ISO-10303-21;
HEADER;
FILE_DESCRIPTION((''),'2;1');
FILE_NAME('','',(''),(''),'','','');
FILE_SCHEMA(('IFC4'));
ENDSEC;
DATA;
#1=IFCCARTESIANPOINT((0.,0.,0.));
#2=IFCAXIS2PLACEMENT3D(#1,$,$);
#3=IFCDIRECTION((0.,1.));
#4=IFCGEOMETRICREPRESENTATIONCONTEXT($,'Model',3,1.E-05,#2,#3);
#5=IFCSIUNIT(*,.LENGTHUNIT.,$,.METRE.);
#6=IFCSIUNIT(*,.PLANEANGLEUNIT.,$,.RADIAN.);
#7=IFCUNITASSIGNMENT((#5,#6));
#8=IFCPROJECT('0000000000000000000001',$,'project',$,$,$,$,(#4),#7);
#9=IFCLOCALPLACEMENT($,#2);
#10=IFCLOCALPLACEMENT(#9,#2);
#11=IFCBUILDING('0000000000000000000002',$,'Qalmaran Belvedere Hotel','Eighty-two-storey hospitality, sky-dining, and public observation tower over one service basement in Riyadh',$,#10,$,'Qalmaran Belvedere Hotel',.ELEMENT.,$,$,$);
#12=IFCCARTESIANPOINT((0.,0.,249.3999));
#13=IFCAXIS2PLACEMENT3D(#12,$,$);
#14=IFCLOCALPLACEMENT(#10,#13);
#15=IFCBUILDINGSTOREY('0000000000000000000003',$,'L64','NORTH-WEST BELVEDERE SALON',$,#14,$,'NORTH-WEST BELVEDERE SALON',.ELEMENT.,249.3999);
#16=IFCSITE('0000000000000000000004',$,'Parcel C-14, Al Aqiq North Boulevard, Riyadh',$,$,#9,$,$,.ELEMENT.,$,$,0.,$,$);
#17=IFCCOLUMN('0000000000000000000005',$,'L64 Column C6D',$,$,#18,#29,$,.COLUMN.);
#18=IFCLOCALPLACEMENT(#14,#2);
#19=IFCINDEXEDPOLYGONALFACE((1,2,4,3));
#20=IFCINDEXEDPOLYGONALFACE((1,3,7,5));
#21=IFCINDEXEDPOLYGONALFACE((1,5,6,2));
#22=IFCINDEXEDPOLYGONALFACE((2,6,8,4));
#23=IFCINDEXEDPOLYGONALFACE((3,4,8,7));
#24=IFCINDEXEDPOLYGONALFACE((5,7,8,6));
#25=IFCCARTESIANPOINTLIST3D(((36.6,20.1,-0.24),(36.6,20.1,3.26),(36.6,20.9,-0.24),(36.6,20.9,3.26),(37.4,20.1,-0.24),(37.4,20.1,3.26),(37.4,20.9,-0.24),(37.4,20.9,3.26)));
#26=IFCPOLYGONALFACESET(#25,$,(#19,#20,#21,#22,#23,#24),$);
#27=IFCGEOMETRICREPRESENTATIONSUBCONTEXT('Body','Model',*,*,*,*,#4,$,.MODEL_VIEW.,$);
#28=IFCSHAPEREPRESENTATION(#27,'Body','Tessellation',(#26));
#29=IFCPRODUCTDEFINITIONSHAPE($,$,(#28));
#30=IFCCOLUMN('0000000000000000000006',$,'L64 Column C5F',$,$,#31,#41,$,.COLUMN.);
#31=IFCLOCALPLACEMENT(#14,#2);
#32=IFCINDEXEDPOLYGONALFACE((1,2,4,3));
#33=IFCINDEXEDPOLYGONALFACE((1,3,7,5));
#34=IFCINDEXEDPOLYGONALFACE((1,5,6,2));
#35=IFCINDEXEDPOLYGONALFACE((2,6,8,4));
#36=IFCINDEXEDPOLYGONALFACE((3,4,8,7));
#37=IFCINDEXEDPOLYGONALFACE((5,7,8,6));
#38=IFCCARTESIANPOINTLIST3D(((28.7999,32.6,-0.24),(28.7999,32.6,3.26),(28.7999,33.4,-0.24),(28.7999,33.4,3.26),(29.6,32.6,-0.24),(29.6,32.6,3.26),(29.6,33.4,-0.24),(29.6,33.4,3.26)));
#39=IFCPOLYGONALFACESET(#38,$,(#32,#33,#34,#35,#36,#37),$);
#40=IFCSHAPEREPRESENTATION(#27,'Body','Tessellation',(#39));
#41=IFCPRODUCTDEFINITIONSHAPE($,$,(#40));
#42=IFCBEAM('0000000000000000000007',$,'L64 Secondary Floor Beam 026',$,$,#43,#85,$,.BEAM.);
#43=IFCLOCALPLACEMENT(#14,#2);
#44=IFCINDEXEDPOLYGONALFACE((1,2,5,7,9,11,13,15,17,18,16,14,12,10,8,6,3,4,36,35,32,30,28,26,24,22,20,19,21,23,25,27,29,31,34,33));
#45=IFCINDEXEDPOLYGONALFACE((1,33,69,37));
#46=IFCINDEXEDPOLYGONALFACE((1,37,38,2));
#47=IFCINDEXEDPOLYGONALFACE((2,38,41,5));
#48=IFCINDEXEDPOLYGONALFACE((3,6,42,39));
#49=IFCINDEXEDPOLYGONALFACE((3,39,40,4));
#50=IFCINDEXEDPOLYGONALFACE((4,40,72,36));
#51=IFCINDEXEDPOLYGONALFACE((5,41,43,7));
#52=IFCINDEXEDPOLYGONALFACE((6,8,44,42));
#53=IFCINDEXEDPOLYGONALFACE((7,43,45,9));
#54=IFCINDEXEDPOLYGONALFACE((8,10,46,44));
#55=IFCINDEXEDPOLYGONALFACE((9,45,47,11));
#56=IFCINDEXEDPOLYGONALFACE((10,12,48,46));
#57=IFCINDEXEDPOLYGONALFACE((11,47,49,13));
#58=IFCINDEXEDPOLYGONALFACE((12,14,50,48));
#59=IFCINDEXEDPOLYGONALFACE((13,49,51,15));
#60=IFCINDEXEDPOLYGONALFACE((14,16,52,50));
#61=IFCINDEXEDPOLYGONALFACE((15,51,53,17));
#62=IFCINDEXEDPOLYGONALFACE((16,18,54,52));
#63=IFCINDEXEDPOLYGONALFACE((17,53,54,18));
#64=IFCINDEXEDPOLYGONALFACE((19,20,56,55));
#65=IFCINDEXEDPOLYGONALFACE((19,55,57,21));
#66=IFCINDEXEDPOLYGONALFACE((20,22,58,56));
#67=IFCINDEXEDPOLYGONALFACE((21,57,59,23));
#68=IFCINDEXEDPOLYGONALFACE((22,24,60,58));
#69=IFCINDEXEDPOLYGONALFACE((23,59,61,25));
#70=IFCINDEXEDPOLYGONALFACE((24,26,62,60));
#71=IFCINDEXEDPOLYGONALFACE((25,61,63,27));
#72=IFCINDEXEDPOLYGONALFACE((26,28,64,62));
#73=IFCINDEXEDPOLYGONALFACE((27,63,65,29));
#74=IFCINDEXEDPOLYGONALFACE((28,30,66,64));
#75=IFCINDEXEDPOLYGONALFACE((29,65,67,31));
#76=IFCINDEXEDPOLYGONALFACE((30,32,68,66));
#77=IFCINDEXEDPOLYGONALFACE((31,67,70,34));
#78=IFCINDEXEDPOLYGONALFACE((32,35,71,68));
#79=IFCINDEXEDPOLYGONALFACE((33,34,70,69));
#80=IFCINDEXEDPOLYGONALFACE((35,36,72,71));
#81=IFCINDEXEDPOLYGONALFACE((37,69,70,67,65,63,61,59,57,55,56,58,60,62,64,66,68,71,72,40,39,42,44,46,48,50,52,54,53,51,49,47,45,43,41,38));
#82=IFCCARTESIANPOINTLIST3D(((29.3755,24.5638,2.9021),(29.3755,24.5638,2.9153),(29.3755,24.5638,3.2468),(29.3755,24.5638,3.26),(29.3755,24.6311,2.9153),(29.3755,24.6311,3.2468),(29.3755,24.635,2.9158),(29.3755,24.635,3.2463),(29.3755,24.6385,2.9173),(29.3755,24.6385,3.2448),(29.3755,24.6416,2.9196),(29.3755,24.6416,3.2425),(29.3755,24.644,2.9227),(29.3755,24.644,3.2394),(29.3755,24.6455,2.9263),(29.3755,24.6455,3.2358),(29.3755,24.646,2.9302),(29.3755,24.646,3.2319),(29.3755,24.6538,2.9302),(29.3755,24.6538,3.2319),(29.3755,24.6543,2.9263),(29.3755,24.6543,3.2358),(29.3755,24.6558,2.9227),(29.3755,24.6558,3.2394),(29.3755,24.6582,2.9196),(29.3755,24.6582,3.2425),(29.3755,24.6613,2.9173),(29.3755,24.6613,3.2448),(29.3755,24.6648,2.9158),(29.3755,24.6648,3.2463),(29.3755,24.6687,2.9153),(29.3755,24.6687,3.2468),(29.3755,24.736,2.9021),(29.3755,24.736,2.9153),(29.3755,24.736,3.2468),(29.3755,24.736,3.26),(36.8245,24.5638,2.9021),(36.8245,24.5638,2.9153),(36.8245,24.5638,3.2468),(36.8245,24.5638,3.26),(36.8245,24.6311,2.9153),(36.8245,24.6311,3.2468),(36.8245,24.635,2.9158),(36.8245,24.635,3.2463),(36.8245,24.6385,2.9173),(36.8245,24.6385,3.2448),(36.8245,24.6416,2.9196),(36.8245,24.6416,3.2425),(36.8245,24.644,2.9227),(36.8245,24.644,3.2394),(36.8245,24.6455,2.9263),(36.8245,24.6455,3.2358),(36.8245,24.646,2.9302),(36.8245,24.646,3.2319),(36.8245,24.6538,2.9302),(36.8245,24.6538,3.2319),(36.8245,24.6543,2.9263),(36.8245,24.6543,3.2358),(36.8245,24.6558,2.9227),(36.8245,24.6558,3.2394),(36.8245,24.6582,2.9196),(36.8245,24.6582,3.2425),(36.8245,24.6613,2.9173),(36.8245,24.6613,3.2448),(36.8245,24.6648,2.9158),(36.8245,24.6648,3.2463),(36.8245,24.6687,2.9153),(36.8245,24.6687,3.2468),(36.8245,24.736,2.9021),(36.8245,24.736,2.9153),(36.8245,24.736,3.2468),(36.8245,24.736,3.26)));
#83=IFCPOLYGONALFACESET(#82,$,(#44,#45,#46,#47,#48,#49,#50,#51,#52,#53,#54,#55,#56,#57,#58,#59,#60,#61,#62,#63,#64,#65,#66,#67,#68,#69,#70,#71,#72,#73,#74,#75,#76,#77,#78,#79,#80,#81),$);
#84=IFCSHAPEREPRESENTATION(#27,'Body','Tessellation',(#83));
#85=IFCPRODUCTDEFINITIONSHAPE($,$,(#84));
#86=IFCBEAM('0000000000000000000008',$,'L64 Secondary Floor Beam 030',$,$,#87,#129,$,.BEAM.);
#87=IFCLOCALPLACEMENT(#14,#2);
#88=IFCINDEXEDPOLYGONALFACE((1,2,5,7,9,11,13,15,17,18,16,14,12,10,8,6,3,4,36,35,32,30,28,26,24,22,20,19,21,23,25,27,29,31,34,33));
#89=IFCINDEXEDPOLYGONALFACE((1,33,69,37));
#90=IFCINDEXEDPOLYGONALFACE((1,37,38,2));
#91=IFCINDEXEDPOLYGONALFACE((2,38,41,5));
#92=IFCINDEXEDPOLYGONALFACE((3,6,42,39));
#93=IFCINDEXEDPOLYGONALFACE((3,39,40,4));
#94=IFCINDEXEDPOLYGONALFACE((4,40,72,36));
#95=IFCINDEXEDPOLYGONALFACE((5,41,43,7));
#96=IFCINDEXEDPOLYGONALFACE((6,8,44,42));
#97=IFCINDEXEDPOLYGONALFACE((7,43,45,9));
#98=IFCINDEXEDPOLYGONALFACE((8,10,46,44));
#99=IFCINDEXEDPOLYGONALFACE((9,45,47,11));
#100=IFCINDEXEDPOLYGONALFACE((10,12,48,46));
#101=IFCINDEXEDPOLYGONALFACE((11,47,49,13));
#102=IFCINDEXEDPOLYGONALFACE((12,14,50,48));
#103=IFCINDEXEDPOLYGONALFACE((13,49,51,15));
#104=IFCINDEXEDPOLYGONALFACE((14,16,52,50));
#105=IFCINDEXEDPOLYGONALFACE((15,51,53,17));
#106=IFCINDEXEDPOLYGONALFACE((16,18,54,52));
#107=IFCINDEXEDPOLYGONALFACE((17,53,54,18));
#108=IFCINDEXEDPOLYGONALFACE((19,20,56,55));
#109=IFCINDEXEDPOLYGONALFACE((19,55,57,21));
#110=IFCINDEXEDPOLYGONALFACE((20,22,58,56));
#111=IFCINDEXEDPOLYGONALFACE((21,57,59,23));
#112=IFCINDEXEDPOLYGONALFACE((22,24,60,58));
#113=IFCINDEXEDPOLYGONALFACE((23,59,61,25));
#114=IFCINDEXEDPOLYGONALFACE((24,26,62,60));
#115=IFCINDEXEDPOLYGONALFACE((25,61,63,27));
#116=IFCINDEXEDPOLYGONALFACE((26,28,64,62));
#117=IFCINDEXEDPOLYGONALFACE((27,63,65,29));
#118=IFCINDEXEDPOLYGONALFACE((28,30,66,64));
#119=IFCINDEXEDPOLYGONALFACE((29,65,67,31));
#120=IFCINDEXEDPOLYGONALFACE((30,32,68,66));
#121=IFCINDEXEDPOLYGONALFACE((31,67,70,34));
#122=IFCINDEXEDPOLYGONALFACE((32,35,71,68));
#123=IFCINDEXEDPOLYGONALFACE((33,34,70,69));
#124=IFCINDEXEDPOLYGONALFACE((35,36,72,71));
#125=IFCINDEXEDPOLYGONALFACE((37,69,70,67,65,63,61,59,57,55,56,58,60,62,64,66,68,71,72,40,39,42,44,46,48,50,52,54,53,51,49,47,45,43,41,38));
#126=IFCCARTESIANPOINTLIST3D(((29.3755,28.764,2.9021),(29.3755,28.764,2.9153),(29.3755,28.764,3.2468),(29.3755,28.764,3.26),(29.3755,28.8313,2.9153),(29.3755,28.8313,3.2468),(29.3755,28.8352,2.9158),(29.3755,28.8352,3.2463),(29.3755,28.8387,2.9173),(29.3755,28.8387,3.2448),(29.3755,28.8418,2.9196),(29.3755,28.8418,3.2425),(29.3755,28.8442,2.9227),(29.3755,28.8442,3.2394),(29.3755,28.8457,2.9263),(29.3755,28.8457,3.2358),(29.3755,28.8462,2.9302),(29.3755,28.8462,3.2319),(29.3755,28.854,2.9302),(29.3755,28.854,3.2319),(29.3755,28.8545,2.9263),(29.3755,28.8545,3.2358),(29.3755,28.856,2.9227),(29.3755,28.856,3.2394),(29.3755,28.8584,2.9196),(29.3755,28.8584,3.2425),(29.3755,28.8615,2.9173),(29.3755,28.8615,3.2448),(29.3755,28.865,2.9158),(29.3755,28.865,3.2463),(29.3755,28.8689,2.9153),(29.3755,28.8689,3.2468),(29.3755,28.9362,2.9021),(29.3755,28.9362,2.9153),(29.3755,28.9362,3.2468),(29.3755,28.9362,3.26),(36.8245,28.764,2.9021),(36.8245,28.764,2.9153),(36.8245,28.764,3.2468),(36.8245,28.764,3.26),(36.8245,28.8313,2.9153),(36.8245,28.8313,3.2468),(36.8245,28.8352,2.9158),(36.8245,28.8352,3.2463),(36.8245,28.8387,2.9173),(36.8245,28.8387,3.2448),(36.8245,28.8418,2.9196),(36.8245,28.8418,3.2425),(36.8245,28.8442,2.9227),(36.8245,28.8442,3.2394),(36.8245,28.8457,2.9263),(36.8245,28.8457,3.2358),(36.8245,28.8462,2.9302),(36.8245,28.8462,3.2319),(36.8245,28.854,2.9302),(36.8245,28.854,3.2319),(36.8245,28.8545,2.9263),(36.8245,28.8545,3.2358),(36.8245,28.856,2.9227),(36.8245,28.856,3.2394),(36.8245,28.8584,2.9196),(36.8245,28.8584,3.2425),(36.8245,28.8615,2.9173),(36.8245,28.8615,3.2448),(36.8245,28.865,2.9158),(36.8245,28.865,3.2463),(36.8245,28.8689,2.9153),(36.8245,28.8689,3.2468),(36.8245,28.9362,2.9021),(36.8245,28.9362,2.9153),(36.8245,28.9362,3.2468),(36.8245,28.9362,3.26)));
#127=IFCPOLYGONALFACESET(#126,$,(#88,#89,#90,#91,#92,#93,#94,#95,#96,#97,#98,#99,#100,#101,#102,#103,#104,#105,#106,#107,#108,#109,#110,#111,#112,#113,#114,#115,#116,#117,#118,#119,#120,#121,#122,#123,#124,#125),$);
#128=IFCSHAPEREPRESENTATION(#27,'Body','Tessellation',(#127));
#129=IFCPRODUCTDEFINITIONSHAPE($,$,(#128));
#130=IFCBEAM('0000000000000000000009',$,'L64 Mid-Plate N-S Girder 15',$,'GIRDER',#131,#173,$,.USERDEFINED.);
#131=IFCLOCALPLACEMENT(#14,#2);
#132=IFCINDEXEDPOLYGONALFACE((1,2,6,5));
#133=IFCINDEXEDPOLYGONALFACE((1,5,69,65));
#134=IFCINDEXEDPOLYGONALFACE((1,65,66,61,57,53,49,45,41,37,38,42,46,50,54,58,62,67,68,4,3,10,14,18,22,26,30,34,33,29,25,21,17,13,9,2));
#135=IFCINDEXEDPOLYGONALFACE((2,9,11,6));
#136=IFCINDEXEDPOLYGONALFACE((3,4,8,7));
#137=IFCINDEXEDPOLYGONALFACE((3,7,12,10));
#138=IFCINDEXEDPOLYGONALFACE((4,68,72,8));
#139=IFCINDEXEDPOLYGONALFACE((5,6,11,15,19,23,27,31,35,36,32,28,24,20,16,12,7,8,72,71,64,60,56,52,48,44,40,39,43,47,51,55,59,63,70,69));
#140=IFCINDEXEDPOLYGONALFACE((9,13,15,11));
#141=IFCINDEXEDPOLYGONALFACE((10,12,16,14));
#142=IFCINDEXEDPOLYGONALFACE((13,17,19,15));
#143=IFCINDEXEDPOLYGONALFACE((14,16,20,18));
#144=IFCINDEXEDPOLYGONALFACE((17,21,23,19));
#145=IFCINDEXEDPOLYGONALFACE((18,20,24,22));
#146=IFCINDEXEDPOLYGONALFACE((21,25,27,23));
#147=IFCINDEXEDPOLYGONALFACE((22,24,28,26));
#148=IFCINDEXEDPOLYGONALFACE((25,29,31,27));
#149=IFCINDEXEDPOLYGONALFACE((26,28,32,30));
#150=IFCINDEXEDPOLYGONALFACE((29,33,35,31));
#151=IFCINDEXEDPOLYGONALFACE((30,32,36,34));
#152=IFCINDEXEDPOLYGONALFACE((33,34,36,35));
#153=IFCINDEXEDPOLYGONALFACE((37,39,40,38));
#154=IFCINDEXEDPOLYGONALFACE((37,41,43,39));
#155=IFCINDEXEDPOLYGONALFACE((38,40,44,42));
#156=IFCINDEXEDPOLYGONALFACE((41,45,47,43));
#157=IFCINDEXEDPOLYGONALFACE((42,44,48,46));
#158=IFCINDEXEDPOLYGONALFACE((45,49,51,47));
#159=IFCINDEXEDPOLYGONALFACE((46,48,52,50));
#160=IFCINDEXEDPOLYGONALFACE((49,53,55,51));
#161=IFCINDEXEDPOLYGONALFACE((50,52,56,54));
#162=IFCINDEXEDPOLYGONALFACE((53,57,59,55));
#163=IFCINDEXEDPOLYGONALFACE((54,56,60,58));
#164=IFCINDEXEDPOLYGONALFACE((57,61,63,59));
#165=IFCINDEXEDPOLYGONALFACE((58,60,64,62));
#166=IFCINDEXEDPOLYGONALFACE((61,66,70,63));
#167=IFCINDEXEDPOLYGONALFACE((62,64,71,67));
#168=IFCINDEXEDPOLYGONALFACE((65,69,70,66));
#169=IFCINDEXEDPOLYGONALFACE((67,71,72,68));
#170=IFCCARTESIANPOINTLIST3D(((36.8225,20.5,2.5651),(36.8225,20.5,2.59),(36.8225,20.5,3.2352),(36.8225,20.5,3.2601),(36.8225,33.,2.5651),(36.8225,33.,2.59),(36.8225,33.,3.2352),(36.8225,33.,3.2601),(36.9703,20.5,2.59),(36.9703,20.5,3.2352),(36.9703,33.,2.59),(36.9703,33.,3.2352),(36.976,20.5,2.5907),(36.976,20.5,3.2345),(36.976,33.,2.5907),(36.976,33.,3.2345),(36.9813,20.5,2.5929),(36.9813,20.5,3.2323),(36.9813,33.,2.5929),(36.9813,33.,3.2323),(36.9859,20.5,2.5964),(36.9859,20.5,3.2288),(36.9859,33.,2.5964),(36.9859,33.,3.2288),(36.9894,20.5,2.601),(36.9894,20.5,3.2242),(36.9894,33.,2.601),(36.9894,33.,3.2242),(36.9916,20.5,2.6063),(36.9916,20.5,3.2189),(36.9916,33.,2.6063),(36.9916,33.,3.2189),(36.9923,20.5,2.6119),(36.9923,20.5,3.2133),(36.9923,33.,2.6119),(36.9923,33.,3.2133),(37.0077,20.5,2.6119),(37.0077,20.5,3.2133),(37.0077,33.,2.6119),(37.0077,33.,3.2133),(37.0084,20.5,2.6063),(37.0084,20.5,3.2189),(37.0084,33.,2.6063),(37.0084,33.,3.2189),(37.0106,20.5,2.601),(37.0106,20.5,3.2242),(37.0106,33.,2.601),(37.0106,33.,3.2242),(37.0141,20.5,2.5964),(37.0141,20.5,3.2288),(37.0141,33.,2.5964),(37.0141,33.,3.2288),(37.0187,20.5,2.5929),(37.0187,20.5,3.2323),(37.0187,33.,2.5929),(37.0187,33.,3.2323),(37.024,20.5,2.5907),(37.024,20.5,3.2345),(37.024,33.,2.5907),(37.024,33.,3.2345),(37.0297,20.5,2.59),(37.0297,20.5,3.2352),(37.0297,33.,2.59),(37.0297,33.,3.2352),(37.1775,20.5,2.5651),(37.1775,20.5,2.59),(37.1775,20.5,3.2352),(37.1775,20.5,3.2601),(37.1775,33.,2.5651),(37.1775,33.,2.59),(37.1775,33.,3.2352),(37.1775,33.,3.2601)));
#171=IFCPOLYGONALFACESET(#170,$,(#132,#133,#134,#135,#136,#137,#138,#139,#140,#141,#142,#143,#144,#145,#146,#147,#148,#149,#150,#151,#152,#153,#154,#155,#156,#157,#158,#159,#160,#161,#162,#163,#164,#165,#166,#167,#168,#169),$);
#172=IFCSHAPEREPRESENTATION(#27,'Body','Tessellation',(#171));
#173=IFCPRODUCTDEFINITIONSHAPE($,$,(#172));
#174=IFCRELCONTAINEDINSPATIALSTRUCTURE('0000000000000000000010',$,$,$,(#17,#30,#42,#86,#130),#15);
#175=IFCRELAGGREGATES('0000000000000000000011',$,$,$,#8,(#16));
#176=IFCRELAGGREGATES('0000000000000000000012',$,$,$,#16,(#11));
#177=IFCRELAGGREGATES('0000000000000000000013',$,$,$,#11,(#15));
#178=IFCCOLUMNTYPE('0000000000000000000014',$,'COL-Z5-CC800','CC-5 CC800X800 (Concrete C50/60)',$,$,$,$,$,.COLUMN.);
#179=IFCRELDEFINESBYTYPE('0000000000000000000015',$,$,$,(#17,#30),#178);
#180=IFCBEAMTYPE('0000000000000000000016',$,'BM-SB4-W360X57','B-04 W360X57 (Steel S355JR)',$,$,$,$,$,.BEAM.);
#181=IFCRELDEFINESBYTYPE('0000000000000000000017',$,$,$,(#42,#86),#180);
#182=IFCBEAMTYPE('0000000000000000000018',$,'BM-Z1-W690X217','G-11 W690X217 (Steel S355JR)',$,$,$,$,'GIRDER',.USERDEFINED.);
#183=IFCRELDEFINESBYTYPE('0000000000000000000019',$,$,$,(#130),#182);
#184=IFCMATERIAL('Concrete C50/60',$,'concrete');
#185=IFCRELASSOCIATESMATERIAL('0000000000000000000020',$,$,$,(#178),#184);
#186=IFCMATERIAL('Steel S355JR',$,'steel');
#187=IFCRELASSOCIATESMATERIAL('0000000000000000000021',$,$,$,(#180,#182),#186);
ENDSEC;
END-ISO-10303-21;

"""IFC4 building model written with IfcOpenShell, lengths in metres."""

from ifc_helpers import new_model, si_unit, direction, frame, origin, origin_2d, place, context, subcontext, project, spatial, rectangle, i_section, extrude, material, material_profile, profile_set, type_object, element, save


model = new_model("IFC4")

# Units and contexts
model_context = context("Model", 3, precision=1e-05, world=origin(), true_north=direction((0.0, 1.0)))
body_context = subcontext(model_context, "Body", "Model", "MODEL_VIEW")
ifc_project = project(units=[si_unit("LENGTHUNIT", "METRE"), si_unit("PLANEANGLEUNIT", "RADIAN")], contexts=[model_context])

# Site, building, storey
site_placement = place(None, origin())
site = spatial("IfcSite", under=ifc_project, at=site_placement, Name="Parcel C-14, Al Aqiq North Boulevard, Riyadh", CompositionType="ELEMENT", RefElevation=0.0)
building_placement = place(site_placement, origin())
building = spatial("IfcBuilding", under=site, at=building_placement, Name="Qalmaran Belvedere Hotel", Description="Eighty-two-storey hospitality, sky-dining, and public observation tower over one service basement in Riyadh", LongName="Qalmaran Belvedere Hotel", CompositionType="ELEMENT")
storey_placement = place(building_placement, frame((0.0, 0.0, 249.3999)))
storey = spatial("IfcBuildingStorey", under=building, at=storey_placement, Name="L64", Description="NORTH-WEST BELVEDERE SALON", LongName="NORTH-WEST BELVEDERE SALON", CompositionType="ELEMENT", Elevation=249.3999)

# Columns
ifc_material_1 = material(Name="Concrete C50/60", Category="concrete")
ifc_material_profile_1 = material_profile(ifc_material_1, rectangle(XDim=0.8, YDim=0.8, at=origin_2d()), Name="CC800X800")
ifc_profile_set_1 = profile_set([ifc_material_profile_1], Name="Concrete C50/60")
column_type = type_object("IfcColumnType", Name="COL-Z5-CC800", Description="CC-5 CC800X800 (Concrete C50/60)", PredefinedType="COLUMN", material=ifc_profile_set_1)
for number, where, z_axis, x_axis, name in (
    (1, (37.0, 20.5, -0.24), (0.0, 0.0, 1.0), (1.0, 0.0, 0.0), "L64 Column C6D"),
    (2, (29.2, 33.0, -0.24), (0.0, 0.0, 1.0), (1.0, 0.0, 0.0), "L64 Column C5F"),
):
    element("IfcColumn", number, at=place(storey_placement, frame(where, z_axis=z_axis, x_axis=x_axis)), inside=storey, type_object=column_type, Name=name, PredefinedType="COLUMN", context=body_context, shape_type="SweptSolid", body=[
        extrude(rectangle(XDim=0.8, YDim=0.8, at=origin_2d()), origin(), (0.0, 0.0, 1.0), 3.5),
    ])

# Beams
ifc_material_2 = material(Name="Steel S355JR", Category="steel")
ifc_material_profile_2 = material_profile(ifc_material_2, i_section(OverallWidth=0.1721, OverallDepth=0.3579, WebThickness=0.0078, FlangeThickness=0.0132, FilletRadius=0.0149, at=origin_2d()), Name="W360X57")
ifc_profile_set_2 = profile_set([ifc_material_profile_2], Name="Steel S355JR")
beam_type_1 = type_object("IfcBeamType", Name="BM-SB4-W360X57", Description="B-04 W360X57 (Steel S355JR)", PredefinedType="BEAM", material=ifc_profile_set_2)
for number, where, z_axis, x_axis, name in (
    (3, (29.3755, 24.6499, 3.0811), (1.0, 0.0, 0.0), (0.0, 1.0, 0.0), "L64 Secondary Floor Beam 026"),
    (4, (29.3755, 28.8501, 3.0811), (1.0, 0.0, 0.0), (0.0, 1.0, 0.0), "L64 Secondary Floor Beam 030"),
):
    element("IfcBeam", number, at=place(storey_placement, frame(where, z_axis=z_axis, x_axis=x_axis)), inside=storey, type_object=beam_type_1, Name=name, PredefinedType="BEAM", context=body_context, shape_type="SweptSolid", body=[
        extrude(i_section(OverallWidth=0.1721, OverallDepth=0.3579, WebThickness=0.0078, FlangeThickness=0.0132, FilletRadius=0.0149, at=origin_2d()), origin(), (0.0, 0.0, 1.0), 7.449),
    ])
ifc_material_profile_3 = material_profile(ifc_material_2, i_section(OverallWidth=0.355, OverallDepth=0.6951, WebThickness=0.0154, FlangeThickness=0.0249, FilletRadius=0.022, at=origin_2d()), Name="W690X217")
ifc_profile_set_3 = profile_set([ifc_material_profile_3], Name="Steel S355JR")
beam_type_2 = type_object("IfcBeamType", Name="BM-Z1-W690X217", Description="G-11 W690X217 (Steel S355JR)", ElementType="GIRDER", PredefinedType="USERDEFINED", material=ifc_profile_set_3)
beam_placement = place(storey_placement, frame((37.0, 20.5, 2.9126), z_axis=(0.0, 1.0, 0.0), x_axis=(-1.0, 0.0, 0.0)))
element("IfcBeam", 5, at=beam_placement, inside=storey, type_object=beam_type_2, Name="L64 Mid-Plate N-S Girder 15", ObjectType="GIRDER", PredefinedType="USERDEFINED", context=body_context, shape_type="SweptSolid", body=[
    extrude(i_section(OverallWidth=0.355, OverallDepth=0.6951, WebThickness=0.0154, FlangeThickness=0.0249, FilletRadius=0.022, at=origin_2d()), origin(), (0.0, 0.0, 1.0), 12.5),
])

save(model, "model.ifc")
